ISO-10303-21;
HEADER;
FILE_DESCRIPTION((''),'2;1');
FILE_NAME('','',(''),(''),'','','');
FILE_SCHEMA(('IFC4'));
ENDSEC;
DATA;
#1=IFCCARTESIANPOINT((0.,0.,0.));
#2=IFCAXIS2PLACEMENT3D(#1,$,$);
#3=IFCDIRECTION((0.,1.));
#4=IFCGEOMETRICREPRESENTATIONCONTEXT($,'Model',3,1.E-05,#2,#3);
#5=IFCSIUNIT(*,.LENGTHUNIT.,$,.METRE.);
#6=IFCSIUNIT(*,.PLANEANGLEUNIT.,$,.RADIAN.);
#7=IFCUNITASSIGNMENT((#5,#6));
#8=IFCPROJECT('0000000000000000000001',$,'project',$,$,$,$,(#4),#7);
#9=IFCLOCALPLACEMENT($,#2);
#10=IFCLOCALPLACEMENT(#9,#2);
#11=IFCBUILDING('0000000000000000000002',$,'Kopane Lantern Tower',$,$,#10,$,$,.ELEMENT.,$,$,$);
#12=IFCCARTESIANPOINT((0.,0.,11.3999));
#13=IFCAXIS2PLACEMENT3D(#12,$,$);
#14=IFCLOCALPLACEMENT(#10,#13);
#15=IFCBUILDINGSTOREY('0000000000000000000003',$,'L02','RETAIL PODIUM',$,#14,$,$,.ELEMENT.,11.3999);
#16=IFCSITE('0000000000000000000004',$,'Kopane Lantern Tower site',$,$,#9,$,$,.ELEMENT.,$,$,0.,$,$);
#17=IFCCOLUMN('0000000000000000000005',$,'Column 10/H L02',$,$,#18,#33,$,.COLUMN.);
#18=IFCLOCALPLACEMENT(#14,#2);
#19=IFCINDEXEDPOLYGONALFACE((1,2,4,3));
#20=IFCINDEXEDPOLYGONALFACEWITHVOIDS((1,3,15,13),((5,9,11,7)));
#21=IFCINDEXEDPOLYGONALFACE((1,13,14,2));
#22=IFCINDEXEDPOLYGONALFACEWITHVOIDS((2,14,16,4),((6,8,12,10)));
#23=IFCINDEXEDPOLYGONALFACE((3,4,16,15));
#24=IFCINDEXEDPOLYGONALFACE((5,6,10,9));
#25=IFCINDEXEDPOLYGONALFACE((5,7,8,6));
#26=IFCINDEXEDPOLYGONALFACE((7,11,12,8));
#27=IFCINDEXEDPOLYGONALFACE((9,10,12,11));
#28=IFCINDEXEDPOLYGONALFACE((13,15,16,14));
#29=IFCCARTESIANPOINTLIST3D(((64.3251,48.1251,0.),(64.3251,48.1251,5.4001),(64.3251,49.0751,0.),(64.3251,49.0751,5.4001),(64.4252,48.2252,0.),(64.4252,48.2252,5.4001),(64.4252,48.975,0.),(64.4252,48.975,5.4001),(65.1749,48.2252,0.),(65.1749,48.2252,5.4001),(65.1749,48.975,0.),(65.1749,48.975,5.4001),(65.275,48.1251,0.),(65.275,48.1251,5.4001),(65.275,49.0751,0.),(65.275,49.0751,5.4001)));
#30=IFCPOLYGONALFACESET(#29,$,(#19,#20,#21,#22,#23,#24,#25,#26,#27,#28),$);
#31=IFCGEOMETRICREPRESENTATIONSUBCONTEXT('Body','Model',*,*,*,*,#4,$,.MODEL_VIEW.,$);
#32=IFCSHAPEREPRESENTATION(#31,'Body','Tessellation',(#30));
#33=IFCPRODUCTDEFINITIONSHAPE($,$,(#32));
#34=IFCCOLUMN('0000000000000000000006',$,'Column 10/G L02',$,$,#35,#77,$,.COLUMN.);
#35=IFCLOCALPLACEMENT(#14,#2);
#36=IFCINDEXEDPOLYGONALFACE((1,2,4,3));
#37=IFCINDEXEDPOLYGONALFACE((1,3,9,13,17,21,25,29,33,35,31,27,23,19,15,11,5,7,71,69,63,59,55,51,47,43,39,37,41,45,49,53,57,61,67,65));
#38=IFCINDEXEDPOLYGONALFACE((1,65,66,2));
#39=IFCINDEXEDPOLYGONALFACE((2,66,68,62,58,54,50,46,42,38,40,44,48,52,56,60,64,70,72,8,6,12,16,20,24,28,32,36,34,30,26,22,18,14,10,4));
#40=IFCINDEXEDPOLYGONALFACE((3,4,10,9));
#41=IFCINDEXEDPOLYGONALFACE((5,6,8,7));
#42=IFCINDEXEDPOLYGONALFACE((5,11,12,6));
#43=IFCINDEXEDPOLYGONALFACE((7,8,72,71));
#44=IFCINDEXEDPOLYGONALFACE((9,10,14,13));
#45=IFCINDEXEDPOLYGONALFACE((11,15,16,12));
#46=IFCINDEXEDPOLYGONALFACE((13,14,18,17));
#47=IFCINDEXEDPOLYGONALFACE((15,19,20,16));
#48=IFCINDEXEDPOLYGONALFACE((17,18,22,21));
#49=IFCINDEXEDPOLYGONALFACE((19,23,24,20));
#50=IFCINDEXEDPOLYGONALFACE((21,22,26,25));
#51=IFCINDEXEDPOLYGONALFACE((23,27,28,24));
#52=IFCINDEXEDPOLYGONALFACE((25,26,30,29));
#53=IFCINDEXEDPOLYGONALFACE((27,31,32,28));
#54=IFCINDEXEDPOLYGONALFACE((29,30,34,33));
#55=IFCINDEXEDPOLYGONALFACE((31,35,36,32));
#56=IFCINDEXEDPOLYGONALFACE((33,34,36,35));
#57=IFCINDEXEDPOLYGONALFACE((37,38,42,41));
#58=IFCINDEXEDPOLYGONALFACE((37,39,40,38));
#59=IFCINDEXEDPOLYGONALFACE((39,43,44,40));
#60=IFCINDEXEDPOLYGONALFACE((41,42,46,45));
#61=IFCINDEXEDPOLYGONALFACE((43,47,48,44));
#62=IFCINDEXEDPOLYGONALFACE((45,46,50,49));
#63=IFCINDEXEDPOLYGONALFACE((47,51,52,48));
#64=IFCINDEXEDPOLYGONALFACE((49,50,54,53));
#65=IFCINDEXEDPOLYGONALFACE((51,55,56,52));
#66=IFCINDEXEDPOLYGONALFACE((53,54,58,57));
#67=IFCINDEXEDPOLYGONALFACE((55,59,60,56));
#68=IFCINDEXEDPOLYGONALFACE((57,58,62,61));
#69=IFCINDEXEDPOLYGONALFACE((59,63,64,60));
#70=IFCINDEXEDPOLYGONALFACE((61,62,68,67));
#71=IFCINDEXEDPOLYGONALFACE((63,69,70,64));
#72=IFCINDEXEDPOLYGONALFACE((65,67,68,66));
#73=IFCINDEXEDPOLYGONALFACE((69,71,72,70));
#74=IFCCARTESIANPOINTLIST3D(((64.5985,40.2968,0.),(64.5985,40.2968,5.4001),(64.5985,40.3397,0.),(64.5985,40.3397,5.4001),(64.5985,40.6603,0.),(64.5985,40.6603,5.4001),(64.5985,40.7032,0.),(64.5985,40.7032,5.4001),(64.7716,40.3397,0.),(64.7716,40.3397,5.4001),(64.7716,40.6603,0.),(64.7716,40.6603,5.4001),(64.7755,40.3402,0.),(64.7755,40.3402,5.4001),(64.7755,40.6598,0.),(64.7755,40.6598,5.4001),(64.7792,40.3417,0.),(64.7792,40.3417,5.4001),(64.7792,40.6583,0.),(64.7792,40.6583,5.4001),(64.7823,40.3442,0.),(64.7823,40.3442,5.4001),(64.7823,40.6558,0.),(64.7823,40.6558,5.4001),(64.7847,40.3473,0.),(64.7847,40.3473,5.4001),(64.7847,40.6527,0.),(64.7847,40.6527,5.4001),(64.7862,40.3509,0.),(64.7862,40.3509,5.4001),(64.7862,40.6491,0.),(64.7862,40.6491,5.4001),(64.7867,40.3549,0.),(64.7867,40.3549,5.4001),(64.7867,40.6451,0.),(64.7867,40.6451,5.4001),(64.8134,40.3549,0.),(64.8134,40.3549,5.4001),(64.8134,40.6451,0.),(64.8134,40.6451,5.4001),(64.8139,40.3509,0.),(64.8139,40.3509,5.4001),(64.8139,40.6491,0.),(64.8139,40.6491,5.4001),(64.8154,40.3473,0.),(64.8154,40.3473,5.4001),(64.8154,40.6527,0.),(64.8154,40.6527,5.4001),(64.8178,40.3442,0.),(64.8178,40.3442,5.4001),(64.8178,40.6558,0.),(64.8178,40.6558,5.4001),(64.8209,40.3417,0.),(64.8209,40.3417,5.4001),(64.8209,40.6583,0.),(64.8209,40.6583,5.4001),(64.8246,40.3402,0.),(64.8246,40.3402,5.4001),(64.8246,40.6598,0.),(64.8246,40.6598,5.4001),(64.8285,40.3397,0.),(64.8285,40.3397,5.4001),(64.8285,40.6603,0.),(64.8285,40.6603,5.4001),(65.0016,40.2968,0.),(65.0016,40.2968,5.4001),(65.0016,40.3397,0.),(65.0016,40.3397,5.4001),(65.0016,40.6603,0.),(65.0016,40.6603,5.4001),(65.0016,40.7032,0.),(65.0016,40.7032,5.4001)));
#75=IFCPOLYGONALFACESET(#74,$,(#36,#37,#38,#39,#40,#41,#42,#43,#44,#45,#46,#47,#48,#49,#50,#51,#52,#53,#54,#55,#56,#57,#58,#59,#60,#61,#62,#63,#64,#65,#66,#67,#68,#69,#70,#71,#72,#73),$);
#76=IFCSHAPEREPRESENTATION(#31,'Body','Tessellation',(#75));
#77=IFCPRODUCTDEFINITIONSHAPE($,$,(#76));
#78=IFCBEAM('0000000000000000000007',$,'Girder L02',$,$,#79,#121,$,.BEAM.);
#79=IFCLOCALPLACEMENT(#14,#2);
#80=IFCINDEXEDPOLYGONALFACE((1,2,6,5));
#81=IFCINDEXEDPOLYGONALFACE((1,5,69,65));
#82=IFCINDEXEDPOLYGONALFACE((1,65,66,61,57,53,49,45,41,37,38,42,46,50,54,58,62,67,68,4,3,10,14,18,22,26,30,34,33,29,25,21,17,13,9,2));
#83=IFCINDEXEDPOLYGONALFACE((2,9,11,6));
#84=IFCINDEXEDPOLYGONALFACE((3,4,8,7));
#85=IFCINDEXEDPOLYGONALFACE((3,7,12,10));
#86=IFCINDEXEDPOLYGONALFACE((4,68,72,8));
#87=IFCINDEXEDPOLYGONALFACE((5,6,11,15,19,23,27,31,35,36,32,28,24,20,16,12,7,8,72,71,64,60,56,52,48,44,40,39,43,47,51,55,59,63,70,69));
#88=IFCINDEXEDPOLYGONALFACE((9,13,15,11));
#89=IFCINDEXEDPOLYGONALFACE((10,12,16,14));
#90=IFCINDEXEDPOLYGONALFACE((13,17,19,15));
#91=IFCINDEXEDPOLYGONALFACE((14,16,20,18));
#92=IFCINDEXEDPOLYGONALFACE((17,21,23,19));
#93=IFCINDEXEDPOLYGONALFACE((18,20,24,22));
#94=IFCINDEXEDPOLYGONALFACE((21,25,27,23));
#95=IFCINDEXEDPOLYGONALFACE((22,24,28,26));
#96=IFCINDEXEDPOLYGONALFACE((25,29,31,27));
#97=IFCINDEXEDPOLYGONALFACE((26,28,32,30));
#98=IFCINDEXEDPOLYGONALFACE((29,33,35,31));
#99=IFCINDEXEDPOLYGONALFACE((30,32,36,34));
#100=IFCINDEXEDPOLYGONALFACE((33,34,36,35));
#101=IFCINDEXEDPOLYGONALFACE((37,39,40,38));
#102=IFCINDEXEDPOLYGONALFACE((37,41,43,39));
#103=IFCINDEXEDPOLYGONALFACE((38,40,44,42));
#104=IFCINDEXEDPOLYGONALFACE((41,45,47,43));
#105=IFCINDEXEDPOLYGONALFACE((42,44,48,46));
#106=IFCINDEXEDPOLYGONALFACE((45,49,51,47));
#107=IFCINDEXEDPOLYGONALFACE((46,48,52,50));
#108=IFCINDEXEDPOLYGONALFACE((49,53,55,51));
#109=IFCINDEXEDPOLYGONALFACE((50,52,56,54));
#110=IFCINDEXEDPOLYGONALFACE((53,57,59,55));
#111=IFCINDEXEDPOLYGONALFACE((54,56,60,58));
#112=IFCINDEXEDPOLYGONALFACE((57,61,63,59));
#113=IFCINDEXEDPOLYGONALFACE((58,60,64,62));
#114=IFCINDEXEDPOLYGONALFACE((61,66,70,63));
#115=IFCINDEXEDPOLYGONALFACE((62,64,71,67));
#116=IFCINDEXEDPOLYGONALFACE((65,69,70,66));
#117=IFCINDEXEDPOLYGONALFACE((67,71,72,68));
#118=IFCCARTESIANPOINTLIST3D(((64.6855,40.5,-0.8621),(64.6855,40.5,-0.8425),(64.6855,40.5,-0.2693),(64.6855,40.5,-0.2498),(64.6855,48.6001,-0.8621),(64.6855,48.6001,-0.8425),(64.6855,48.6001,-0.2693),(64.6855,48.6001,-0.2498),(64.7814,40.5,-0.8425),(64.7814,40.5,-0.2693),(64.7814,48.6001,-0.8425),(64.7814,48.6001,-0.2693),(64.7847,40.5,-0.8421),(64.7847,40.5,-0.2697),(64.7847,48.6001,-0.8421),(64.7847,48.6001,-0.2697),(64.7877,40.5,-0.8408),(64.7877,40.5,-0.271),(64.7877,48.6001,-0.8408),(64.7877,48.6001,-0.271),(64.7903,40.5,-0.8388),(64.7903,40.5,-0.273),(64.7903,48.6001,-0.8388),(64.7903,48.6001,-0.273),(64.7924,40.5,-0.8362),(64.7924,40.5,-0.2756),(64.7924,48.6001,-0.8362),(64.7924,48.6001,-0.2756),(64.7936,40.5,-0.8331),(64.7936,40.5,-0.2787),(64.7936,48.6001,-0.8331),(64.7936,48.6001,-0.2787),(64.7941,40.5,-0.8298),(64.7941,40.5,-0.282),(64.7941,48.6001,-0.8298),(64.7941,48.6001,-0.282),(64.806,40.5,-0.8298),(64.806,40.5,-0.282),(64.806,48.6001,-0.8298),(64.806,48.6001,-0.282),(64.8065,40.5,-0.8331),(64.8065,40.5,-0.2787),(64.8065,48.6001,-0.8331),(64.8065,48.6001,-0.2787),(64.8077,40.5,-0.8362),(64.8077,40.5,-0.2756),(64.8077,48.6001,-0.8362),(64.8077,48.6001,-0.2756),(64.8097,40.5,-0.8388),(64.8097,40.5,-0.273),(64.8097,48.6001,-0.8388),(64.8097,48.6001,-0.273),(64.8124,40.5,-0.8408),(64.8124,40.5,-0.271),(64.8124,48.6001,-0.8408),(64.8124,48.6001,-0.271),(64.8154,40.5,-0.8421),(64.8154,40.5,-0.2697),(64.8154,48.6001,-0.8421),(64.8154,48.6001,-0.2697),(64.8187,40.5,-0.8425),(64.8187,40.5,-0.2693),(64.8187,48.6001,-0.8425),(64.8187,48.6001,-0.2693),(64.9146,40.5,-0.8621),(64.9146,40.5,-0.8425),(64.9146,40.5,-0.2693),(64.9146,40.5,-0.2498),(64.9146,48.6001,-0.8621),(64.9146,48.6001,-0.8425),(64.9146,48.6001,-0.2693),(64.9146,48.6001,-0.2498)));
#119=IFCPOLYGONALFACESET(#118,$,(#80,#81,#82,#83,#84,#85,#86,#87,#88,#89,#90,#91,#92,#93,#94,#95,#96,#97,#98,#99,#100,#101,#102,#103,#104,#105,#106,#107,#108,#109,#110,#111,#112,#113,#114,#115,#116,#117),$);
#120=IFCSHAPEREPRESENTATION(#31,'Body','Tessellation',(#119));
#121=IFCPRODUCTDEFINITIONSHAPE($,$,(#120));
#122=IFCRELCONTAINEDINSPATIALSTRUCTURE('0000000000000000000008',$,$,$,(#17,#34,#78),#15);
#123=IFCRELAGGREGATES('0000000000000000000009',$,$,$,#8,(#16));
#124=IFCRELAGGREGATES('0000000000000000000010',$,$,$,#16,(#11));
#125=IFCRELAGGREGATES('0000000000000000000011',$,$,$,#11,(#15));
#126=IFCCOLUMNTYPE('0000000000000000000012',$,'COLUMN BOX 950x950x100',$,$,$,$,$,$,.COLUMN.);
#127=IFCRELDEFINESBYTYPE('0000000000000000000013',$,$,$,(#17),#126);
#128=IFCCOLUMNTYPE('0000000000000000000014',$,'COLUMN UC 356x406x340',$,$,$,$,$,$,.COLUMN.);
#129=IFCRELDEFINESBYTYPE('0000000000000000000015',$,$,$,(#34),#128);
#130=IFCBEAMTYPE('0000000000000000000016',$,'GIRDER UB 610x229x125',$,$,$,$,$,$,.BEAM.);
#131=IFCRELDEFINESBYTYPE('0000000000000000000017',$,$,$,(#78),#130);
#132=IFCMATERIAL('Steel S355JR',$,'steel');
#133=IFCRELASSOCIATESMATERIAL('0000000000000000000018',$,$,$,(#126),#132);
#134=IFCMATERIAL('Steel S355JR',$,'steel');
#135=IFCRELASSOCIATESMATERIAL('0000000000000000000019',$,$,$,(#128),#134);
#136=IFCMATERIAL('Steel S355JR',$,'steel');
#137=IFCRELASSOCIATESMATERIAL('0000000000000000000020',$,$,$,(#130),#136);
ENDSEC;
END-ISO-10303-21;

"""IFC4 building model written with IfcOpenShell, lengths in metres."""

from ifc_helpers import new_model, si_unit, direction, frame, origin, origin_2d, place, context, subcontext, project, spatial, hollow_rectangle, i_section, extrude, material, material_profile, profile_set, type_object, element, save


model = new_model("IFC4")

# Units and contexts
model_context = context("Model", 3, precision=1e-05, world=origin(), true_north=direction((0.0, 1.0)))
body_context = subcontext(model_context, "Body", "Model", "MODEL_VIEW")
ifc_project = project(units=[si_unit("LENGTHUNIT", "METRE"), si_unit("PLANEANGLEUNIT", "RADIAN")], contexts=[model_context])

# Site, building, storey
site_placement = place(None, origin())
site = spatial("IfcSite", under=ifc_project, at=site_placement, Name="Kopane Lantern Tower site", CompositionType="ELEMENT", RefElevation=0.0)
building_placement = place(site_placement, origin())
building = spatial("IfcBuilding", under=site, at=building_placement, Name="Kopane Lantern Tower", CompositionType="ELEMENT")
storey_placement = place(building_placement, frame((0.0, 0.0, 11.3999)))
storey = spatial("IfcBuildingStorey", under=building, at=storey_placement, Name="L02", Description="RETAIL PODIUM", CompositionType="ELEMENT", Elevation=11.3999)

# Columns
ifc_material_1 = material(Name="Steel S355JR", Category="steel")
ifc_material_profile_1 = material_profile(ifc_material_1, hollow_rectangle(XDim=0.95, YDim=0.95, WallThickness=0.1001, at=origin_2d()), Name="BOX 950x950x100")
ifc_profile_set_1 = profile_set([ifc_material_profile_1], Name="Steel S355JR")
column_type_1 = type_object("IfcColumnType", Name="COLUMN BOX 950x950x100", PredefinedType="COLUMN", material=ifc_profile_set_1)
column_1_placement = place(storey_placement, frame((64.8, 48.6001, 0.0), z_axis=(0.0, 0.0, 1.0), x_axis=(1.0, 0.0, 0.0)))
element("IfcColumn", 1, at=column_1_placement, inside=storey, type_object=column_type_1, Name="Column 10/H L02", PredefinedType="COLUMN", context=body_context, shape_type="SweptSolid", body=[
    extrude(hollow_rectangle(XDim=0.95, YDim=0.95, WallThickness=0.1001, at=origin_2d()), origin(), (0.0, 0.0, 1.0), 5.4001),
])
ifc_material_2 = material(Name="Steel S355JR", Category="steel")
ifc_material_profile_2 = material_profile(ifc_material_2, i_section(OverallWidth=0.4031, OverallDepth=0.4065, WebThickness=0.0266, FlangeThickness=0.043, FilletRadius=0.0151, at=origin_2d()), Name="UC 356x406x340")
ifc_profile_set_2 = profile_set([ifc_material_profile_2], Name="Steel S355JR")
column_type_2 = type_object("IfcColumnType", Name="COLUMN UC 356x406x340", PredefinedType="COLUMN", material=ifc_profile_set_2)
column_2_placement = place(storey_placement, frame((64.8, 40.5, 0.0), z_axis=(0.0, 0.0, 1.0), x_axis=(1.0, 0.0, 0.0)))
element("IfcColumn", 2, at=column_2_placement, inside=storey, type_object=column_type_2, Name="Column 10/G L02", PredefinedType="COLUMN", context=body_context, shape_type="SweptSolid", body=[
    extrude(i_section(OverallWidth=0.4031, OverallDepth=0.4065, WebThickness=0.0266, FlangeThickness=0.043, FilletRadius=0.0151, at=origin_2d()), origin(), (0.0, 0.0, 1.0), 5.4001),
])

# Beam
ifc_material_3 = material(Name="Steel S355JR", Category="steel")
ifc_material_profile_3 = material_profile(ifc_material_3, i_section(OverallWidth=0.229, OverallDepth=0.6123, WebThickness=0.012, FlangeThickness=0.0195, FilletRadius=0.0127, at=origin_2d()), Name="UB 610x229x125")
ifc_profile_set_3 = profile_set([ifc_material_profile_3], Name="Steel S355JR")
beam_type = type_object("IfcBeamType", Name="GIRDER UB 610x229x125", PredefinedType="BEAM", material=ifc_profile_set_3)
beam_placement = place(storey_placement, frame((64.8, 40.5, -0.5559), z_axis=(0.0, 1.0, 0.0), x_axis=(-1.0, 0.0, 0.0)))
element("IfcBeam", 3, at=beam_placement, inside=storey, type_object=beam_type, Name="Girder L02", PredefinedType="BEAM", context=body_context, shape_type="SweptSolid", body=[
    extrude(i_section(OverallWidth=0.229, OverallDepth=0.6123, WebThickness=0.012, FlangeThickness=0.0195, FilletRadius=0.0127, at=origin_2d()), origin(), (0.0, 0.0, 1.0), 8.1001),
])

save(model, "model.ifc")
